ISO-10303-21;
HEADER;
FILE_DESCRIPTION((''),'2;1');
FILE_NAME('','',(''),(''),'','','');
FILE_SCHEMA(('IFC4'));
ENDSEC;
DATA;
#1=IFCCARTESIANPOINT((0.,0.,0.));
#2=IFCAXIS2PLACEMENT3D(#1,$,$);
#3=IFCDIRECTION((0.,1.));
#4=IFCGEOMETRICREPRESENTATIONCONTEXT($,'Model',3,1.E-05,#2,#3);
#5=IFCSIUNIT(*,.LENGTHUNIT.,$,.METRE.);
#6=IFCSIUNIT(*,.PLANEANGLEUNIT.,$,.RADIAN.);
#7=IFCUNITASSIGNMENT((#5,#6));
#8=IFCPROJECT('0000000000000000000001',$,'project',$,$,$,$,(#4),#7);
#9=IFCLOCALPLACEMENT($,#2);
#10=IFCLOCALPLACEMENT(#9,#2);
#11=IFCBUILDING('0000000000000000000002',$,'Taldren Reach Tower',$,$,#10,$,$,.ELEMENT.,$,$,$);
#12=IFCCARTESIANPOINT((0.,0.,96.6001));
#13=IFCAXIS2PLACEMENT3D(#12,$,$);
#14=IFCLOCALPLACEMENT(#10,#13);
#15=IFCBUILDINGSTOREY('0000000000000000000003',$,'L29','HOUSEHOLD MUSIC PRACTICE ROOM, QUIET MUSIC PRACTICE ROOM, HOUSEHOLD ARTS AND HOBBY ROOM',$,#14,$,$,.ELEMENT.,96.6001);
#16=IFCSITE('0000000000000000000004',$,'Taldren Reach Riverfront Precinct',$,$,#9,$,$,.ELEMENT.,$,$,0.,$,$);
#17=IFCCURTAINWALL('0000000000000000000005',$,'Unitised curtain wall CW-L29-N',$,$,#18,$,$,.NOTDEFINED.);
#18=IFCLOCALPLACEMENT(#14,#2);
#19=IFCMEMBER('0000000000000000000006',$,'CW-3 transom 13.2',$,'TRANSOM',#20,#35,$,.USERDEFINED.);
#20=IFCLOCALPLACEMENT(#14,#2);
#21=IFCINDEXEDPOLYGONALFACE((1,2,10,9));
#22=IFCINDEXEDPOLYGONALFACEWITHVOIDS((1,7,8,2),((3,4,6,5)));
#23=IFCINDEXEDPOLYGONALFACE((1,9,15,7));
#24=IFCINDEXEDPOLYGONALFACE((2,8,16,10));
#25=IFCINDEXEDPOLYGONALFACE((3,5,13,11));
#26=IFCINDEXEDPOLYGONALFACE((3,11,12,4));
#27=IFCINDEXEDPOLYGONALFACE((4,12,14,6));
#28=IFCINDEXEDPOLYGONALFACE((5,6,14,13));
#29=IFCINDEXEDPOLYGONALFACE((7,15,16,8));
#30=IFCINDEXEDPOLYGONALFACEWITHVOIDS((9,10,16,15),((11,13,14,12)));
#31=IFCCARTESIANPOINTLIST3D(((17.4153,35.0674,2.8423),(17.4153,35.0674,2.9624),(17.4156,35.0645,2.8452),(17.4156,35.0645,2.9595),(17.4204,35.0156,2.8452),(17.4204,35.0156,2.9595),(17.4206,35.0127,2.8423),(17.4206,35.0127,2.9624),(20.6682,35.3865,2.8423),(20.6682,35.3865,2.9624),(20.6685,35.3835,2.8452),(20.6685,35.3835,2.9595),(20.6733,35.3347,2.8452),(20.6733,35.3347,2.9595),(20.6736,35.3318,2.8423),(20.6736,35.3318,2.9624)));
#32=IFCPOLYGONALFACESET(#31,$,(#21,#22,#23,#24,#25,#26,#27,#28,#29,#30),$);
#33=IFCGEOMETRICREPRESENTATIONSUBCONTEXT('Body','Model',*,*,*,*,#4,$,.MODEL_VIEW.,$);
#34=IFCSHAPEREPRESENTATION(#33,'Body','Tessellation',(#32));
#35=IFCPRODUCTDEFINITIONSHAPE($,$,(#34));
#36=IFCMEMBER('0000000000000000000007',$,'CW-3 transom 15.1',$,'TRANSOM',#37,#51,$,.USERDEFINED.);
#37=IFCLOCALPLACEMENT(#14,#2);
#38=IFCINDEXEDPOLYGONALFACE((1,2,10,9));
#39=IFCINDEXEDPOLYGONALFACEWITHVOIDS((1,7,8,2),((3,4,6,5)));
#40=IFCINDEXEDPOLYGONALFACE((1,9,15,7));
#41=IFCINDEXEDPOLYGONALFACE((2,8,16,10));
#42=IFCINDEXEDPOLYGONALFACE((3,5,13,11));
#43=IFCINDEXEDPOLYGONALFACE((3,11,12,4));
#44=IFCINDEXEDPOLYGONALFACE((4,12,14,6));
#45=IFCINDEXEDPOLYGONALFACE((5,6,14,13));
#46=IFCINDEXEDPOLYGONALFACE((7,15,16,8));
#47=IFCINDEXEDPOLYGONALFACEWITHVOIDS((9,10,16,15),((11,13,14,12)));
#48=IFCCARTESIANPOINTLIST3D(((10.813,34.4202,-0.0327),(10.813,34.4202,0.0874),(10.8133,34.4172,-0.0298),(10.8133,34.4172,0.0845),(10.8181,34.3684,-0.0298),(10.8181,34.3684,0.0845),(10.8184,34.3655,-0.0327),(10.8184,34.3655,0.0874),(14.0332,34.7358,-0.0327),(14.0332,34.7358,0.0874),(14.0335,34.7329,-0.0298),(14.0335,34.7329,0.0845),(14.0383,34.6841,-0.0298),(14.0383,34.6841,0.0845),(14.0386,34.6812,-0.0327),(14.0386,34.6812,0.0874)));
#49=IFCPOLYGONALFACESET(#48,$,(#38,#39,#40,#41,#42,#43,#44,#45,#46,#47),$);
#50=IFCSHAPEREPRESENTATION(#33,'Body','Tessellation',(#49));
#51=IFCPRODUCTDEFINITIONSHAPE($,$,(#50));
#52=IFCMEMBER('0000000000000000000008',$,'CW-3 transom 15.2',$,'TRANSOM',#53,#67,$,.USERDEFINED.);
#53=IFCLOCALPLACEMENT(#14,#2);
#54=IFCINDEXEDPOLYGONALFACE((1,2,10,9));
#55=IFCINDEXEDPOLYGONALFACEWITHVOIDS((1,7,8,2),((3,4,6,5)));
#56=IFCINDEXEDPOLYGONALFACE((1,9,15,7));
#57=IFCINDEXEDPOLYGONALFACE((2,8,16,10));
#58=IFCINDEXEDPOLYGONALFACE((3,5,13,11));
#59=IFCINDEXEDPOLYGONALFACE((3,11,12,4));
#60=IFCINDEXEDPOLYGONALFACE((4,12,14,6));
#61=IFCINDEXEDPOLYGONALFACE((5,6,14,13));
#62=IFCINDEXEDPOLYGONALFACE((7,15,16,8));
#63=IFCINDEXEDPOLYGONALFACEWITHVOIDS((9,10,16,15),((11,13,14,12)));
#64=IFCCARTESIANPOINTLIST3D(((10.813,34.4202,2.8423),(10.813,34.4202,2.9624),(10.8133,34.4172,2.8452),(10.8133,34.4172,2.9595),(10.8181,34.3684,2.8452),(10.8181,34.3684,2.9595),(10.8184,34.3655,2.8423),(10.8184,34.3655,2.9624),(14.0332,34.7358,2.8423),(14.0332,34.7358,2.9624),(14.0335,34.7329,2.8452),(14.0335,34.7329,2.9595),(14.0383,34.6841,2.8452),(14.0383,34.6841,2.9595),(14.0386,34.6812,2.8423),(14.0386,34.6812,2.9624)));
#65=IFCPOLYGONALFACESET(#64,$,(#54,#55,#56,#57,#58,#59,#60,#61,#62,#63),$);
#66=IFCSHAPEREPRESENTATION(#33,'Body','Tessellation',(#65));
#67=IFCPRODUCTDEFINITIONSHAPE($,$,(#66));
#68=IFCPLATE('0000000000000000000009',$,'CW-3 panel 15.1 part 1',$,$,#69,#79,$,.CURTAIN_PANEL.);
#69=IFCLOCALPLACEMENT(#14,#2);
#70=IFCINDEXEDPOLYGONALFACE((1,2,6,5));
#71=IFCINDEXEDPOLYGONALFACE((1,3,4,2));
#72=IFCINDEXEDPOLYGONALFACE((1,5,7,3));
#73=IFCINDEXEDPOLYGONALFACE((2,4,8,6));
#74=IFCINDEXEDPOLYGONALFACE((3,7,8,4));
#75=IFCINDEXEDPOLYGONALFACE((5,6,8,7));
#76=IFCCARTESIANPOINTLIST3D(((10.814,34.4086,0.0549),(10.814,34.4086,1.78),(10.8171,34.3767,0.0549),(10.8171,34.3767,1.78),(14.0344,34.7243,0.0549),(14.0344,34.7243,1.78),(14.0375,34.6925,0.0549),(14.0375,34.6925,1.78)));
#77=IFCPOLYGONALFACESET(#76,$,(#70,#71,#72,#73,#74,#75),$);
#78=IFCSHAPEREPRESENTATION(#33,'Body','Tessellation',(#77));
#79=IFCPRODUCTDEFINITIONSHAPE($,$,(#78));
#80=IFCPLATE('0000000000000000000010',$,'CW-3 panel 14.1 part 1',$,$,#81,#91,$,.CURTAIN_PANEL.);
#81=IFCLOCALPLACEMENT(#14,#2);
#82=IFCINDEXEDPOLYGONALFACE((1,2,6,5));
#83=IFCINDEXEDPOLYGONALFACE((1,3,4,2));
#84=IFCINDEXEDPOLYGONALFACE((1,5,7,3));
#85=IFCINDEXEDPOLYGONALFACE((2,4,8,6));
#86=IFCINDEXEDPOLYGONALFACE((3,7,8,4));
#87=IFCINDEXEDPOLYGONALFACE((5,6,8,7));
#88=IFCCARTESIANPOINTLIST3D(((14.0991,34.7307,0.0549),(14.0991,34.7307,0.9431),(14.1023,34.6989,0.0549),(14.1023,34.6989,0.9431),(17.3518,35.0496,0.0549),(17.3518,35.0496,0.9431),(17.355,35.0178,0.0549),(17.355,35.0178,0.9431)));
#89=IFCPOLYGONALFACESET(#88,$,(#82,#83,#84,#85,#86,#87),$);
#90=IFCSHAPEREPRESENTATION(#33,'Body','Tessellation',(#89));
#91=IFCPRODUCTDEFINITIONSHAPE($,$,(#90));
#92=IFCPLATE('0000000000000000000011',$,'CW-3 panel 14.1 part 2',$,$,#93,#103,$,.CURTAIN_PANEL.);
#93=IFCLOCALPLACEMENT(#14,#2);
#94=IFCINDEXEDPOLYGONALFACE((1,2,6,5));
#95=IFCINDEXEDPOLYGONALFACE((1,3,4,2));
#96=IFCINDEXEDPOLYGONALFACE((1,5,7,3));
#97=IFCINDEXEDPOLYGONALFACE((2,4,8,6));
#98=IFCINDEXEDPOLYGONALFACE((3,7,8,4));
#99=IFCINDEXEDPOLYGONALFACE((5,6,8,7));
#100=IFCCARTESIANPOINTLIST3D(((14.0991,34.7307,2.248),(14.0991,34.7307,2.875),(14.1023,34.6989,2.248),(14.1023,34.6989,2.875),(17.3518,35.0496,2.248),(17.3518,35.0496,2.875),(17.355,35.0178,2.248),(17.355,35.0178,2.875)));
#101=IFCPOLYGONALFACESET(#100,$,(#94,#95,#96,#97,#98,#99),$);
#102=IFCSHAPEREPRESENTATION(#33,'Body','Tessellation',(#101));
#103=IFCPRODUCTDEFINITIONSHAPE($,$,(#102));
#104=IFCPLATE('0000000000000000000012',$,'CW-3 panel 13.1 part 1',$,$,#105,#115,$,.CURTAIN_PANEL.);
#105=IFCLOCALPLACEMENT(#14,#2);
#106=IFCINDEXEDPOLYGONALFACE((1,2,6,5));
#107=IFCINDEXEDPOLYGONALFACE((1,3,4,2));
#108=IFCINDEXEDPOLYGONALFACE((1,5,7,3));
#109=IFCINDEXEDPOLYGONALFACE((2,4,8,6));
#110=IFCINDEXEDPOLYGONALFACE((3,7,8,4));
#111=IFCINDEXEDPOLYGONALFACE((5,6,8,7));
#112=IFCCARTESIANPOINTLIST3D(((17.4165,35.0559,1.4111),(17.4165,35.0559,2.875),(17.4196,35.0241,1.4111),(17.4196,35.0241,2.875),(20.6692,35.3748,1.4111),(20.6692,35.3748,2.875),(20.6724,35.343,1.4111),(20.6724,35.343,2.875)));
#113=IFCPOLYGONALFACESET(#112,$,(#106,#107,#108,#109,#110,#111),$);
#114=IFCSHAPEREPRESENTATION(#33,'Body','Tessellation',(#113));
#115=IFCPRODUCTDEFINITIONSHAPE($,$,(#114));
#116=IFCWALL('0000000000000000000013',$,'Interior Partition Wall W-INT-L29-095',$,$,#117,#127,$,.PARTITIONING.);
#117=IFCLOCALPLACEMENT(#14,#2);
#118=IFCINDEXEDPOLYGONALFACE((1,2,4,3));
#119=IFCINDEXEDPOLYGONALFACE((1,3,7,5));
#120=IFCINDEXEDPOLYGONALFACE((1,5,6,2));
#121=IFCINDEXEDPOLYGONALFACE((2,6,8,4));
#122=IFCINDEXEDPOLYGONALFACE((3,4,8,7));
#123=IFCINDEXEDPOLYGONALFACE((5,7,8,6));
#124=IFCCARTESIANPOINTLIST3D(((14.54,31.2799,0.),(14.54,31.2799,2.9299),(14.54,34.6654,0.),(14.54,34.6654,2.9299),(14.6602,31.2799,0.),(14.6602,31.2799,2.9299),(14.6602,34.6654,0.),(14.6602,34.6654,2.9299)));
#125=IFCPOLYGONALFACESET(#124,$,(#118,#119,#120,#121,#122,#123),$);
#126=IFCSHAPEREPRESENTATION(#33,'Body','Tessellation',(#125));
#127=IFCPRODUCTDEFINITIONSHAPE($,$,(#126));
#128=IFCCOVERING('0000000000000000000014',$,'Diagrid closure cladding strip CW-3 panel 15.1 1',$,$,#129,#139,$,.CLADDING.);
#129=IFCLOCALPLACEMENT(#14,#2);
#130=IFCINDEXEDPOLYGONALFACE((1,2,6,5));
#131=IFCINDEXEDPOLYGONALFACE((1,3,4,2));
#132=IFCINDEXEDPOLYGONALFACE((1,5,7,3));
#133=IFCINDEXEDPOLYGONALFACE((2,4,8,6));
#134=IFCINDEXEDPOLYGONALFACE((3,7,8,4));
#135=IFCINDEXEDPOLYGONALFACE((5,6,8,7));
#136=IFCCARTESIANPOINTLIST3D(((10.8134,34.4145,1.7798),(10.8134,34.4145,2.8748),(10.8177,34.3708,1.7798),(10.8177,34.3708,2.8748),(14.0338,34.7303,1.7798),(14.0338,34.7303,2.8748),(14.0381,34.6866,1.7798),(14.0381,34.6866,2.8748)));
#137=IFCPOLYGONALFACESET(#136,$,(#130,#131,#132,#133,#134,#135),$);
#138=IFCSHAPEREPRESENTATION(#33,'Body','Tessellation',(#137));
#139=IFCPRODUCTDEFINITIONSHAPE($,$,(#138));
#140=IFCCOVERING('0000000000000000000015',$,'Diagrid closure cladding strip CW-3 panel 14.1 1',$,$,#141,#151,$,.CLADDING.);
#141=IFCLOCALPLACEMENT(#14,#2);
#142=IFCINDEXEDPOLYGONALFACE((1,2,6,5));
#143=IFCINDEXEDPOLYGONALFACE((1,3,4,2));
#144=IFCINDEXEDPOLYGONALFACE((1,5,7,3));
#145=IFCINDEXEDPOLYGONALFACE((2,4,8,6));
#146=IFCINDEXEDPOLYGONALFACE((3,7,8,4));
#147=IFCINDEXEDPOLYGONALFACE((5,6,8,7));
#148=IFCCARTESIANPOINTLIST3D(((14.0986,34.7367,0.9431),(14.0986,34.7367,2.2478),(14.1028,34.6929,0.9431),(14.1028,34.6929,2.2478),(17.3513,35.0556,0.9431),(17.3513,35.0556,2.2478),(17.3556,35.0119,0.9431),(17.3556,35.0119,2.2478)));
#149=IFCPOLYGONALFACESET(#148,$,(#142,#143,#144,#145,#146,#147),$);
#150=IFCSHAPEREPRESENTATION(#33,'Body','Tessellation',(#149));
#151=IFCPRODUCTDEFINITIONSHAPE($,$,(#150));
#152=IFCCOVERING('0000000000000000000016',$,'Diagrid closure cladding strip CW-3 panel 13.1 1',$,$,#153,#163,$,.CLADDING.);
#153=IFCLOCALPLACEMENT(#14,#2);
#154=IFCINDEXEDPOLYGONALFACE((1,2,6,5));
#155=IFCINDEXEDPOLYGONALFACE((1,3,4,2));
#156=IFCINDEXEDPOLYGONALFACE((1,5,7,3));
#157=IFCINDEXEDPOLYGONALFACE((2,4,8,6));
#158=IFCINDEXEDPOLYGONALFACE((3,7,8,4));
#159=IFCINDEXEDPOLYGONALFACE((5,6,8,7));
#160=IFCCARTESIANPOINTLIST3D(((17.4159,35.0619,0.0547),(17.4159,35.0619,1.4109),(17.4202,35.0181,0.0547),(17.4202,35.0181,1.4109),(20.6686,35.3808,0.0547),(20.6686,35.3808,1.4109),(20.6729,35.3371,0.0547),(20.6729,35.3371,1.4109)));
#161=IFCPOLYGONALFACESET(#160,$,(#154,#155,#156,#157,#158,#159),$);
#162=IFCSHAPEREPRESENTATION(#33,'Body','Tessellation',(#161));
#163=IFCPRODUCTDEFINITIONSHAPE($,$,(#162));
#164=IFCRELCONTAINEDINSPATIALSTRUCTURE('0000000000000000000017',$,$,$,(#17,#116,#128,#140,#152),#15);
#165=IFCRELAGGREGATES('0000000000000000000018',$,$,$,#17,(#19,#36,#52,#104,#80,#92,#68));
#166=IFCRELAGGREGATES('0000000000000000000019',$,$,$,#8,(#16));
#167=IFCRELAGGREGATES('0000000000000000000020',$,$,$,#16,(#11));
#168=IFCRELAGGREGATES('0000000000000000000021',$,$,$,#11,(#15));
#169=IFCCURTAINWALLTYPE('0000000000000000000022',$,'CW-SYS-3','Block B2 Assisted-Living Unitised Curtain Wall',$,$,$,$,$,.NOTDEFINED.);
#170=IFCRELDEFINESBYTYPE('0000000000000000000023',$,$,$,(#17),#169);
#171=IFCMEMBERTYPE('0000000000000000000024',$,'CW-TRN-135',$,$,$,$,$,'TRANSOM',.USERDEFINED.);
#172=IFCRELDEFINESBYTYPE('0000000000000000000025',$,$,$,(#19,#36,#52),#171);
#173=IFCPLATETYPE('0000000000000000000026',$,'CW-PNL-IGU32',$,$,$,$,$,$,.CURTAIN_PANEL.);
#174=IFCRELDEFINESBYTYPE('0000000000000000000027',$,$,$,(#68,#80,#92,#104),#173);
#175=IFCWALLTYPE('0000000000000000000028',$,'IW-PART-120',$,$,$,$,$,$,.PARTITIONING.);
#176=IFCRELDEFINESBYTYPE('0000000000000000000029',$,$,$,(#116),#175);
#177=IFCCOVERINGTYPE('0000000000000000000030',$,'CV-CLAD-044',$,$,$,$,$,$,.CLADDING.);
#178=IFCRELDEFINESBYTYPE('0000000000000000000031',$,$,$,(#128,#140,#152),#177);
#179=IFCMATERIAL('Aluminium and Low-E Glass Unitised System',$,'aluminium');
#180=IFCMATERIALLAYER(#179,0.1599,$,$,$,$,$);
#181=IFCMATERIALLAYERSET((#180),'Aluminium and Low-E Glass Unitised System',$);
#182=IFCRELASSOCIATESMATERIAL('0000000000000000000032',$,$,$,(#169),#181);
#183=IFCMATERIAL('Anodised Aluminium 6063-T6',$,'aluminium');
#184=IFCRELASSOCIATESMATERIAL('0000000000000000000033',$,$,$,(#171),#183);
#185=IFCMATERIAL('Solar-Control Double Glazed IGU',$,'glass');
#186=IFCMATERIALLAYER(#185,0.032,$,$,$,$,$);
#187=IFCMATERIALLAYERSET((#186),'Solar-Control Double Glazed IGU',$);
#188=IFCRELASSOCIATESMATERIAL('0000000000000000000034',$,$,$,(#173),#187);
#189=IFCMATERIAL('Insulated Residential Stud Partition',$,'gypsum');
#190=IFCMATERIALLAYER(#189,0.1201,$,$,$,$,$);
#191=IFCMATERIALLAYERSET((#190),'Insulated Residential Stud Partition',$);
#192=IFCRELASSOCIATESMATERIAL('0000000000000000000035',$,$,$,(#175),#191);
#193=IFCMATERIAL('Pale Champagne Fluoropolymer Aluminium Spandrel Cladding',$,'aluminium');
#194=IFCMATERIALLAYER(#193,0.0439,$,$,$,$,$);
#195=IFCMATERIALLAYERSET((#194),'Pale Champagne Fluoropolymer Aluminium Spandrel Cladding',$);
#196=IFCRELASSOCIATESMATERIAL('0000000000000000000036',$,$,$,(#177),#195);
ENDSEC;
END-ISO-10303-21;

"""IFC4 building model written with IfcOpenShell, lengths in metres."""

from ifc_helpers import new_model, si_unit, direction, frame, frame_2d, origin, origin_2d, place, context, subcontext, project, spatial, rectangle, hollow_rectangle, extrude, source, transform, mapped, material, layer, layer_set, material_profile, profile_set, type_object, element, aggregate, save


model = new_model("IFC4")

# Units and contexts
model_context = context("Model", 3, precision=1e-05, world=origin(), true_north=direction((0.0, 1.0)))
body_context = subcontext(model_context, "Body", "Model", "MODEL_VIEW")
ifc_project = project(units=[si_unit("LENGTHUNIT", "METRE"), si_unit("PLANEANGLEUNIT", "RADIAN")], contexts=[model_context])

# Site, building, storey
site_placement = place(None, origin())
site = spatial("IfcSite", under=ifc_project, at=site_placement, Name="Taldren Reach Riverfront Precinct", CompositionType="ELEMENT", RefElevation=0.0)
building_placement = place(site_placement, origin())
building = spatial("IfcBuilding", under=site, at=building_placement, Name="Taldren Reach Tower", CompositionType="ELEMENT")
storey_placement = place(building_placement, frame((0.0, 0.0, 96.6001)))
storey = spatial("IfcBuildingStorey", under=building, at=storey_placement, Name="L29", Description="HOUSEHOLD MUSIC PRACTICE ROOM, QUIET MUSIC PRACTICE ROOM, HOUSEHOLD ARTS AND HOBBY ROOM", CompositionType="ELEMENT", Elevation=96.6001)

# Curtain wall, members, plates
ifc_material_1 = material(Name="Aluminium and Low-E Glass Unitised System", Category="aluminium")
ifc_layer_1 = layer(ifc_material_1, 0.1599)
ifc_layer_set_1 = layer_set([ifc_layer_1], Name="Aluminium and Low-E Glass Unitised System")
curtain_wall_type = type_object("IfcCurtainWallType", Name="CW-SYS-3", Description="Block B2 Assisted-Living Unitised Curtain Wall", PredefinedType="NOTDEFINED", material=ifc_layer_set_1)
curtain_wall_placement = place(storey_placement, origin())
curtain_wall = element("IfcCurtainWall", 1, at=curtain_wall_placement, inside=storey, type_object=curtain_wall_type, Name="Unitised curtain wall CW-L29-N", PredefinedType="NOTDEFINED")
ifc_material_2 = material(Name="Anodised Aluminium 6063-T6", Category="aluminium")
ifc_material_profile_1 = material_profile(ifc_material_2, hollow_rectangle(XDim=0.0549, YDim=0.1201, WallThickness=0.0029, at=origin_2d()), Name="ALU-120x55x3RHS")
ifc_profile_set_1 = profile_set([ifc_material_profile_1], Name="Anodised Aluminium 6063-T6")
member_type_1 = type_object("IfcMemberType", Name="CW-TRN-135", ElementType="TRANSOM", PredefinedType="USERDEFINED", material=ifc_profile_set_1)
shared_shape_1 = source(origin(), body_context, "Body", "SweptSolid", [
    extrude(hollow_rectangle(XDim=0.0549, YDim=0.1201, WallThickness=0.0029, at=origin_2d()), origin(), (0.0, 0.0, 1.0), 3.2686),
])
member_1_placement = place(storey_placement, frame((20.6709, 35.3591, 2.9023), z_axis=(-0.995223, -0.097625, 0.0), x_axis=(0.097625, -0.995223, 0.0)))
member_1 = element("IfcMember", 2, at=member_1_placement, type_object=member_type_1, Name="CW-3 transom 13.2", ObjectType="TRANSOM", PredefinedType="USERDEFINED", context=body_context, shape_type="MappedRepresentation", body=[
    mapped(shared_shape_1, transform((0.0, 0.0, 0.0), scale=1.0)),
])
shared_shape_2 = source(origin(), body_context, "Body", "SweptSolid", [
    extrude(hollow_rectangle(XDim=0.0549, YDim=0.1201, WallThickness=0.0029, at=origin_2d()), origin(), (0.0, 0.0, 1.0), 3.2356),
])
member_2_placement = place(storey_placement, frame((14.0359, 34.7085, 0.0273), z_axis=(-0.99523, -0.097561, 0.0), x_axis=(0.097561, -0.99523, 0.0)))
member_2 = element("IfcMember", 3, at=member_2_placement, type_object=member_type_1, Name="CW-3 transom 15.1", ObjectType="TRANSOM", PredefinedType="USERDEFINED", context=body_context, shape_type="MappedRepresentation", body=[
    mapped(shared_shape_2, transform((0.0, 0.0, 0.0), scale=1.0)),
])
member_3_placement = place(storey_placement, frame((14.0359, 34.7085, 2.9023), z_axis=(-0.99523, -0.097561, 0.0), x_axis=(0.097561, -0.99523, 0.0)))
member_3 = element("IfcMember", 4, at=member_3_placement, type_object=member_type_1, Name="CW-3 transom 15.2", ObjectType="TRANSOM", PredefinedType="USERDEFINED", context=body_context, shape_type="MappedRepresentation", body=[
    mapped(shared_shape_2, transform((0.0, 0.0, 0.0), scale=1.0)),
])
ifc_material_3 = material(Name="Solar-Control Double Glazed IGU", Category="glass")
ifc_layer_2 = layer(ifc_material_3, 0.032)
ifc_layer_set_2 = layer_set([ifc_layer_2], Name="Solar-Control Double Glazed IGU")
plate_type = type_object("IfcPlateType", Name="CW-PNL-IGU32", PredefinedType="CURTAIN_PANEL", material=ifc_layer_set_2)
shared_shape_3 = source(origin(), body_context, "Body", "SweptSolid", [
    extrude(rectangle(XDim=3.2358, YDim=0.032, at=origin_2d()), origin(), (0.0, 0.0, 1.0), 1.7251),
])
plate_1_placement = place(storey_placement, frame((12.4258, 34.5505, 0.0549), z_axis=(0.0, 0.0, 1.0), x_axis=(-0.995227, -0.097583, 0.0)))
plate_1 = element("IfcPlate", 5, at=plate_1_placement, type_object=plate_type, Name="CW-3 panel 15.1 part 1", PredefinedType="CURTAIN_PANEL", context=body_context, shape_type="MappedRepresentation", body=[
    mapped(shared_shape_3, transform((0.0, 0.0, 0.0), scale=1.0)),
])
shared_shape_4 = source(origin(), body_context, "Body", "SweptSolid", [
    extrude(rectangle(XDim=3.2683, YDim=0.032, at=origin_2d()), origin(), (0.0, 0.0, 1.0), 0.8882),
])
plate_2_placement = place(storey_placement, frame((15.7271, 34.8743, 0.0549), z_axis=(0.0, 0.0, 1.0), x_axis=(-0.995227, -0.097583, 0.0)))
plate_2 = element("IfcPlate", 6, at=plate_2_placement, type_object=plate_type, Name="CW-3 panel 14.1 part 1", PredefinedType="CURTAIN_PANEL", context=body_context, shape_type="MappedRepresentation", body=[
    mapped(shared_shape_4, transform((0.0, 0.0, 0.0), scale=1.0)),
])
shared_shape_5 = source(origin(), body_context, "Body", "SweptSolid", [
    extrude(rectangle(XDim=3.2683, YDim=0.032, at=origin_2d()), origin(), (0.0, 0.0, 1.0), 0.627),
])
plate_3_placement = place(storey_placement, frame((15.7271, 34.8743, 2.248), z_axis=(0.0, 0.0, 1.0), x_axis=(-0.995227, -0.097583, 0.0)))
plate_3 = element("IfcPlate", 7, at=plate_3_placement, type_object=plate_type, Name="CW-3 panel 14.1 part 2", PredefinedType="CURTAIN_PANEL", context=body_context, shape_type="MappedRepresentation", body=[
    mapped(shared_shape_5, transform((0.0, 0.0, 0.0), scale=1.0)),
])
shared_shape_6 = source(origin(), body_context, "Body", "SweptSolid", [
    extrude(rectangle(XDim=3.2683, YDim=0.032, at=origin_2d()), origin(), (0.0, 0.0, 1.0), 1.4639),
])
plate_4_placement = place(storey_placement, frame((19.0444, 35.1995, 1.4111), z_axis=(0.0, 0.0, 1.0), x_axis=(-0.995227, -0.097583, 0.0)))
plate_4 = element("IfcPlate", 8, at=plate_4_placement, type_object=plate_type, Name="CW-3 panel 13.1 part 1", PredefinedType="CURTAIN_PANEL", context=body_context, shape_type="MappedRepresentation", body=[
    mapped(shared_shape_6, transform((0.0, 0.0, 0.0), scale=1.0)),
])
aggregate(curtain_wall, [member_1, member_2, member_3, plate_4, plate_2, plate_3, plate_1])

# Wall
ifc_material_4 = material(Name="Insulated Residential Stud Partition", Category="gypsum")
ifc_layer_3 = layer(ifc_material_4, 0.1201)
ifc_layer_set_3 = layer_set([ifc_layer_3], Name="Insulated Residential Stud Partition")
wall_type = type_object("IfcWallType", Name="IW-PART-120", PredefinedType="PARTITIONING", material=ifc_layer_set_3)
shared_shape_7 = source(origin(), body_context, "Body", "SweptSolid", [
    extrude(rectangle(XDim=3.3855, YDim=0.1201, at=frame_2d((1.6929, 0.0))), origin(), (0.0, 0.0, 1.0), 2.9299),
])
wall_placement = place(storey_placement, frame((14.6001, 34.6655, 0.0), z_axis=(0.0, 0.0, 1.0), x_axis=(0.0, -1.0, 0.0)))
element("IfcWall", 9, at=wall_placement, inside=storey, type_object=wall_type, Name="Interior Partition Wall W-INT-L29-095", PredefinedType="PARTITIONING", context=body_context, shape_type="MappedRepresentation", body=[
    mapped(shared_shape_7, transform((0.0, 0.0, 0.0), scale=1.0)),
])

# Coverings
ifc_material_5 = material(Name="Pale Champagne Fluoropolymer Aluminium Spandrel Cladding", Category="aluminium")
ifc_layer_4 = layer(ifc_material_5, 0.0439)
ifc_layer_set_4 = layer_set([ifc_layer_4], Name="Pale Champagne Fluoropolymer Aluminium Spandrel Cladding")
covering_type = type_object("IfcCoveringType", Name="CV-CLAD-044", PredefinedType="CLADDING", material=ifc_layer_set_4)
shared_shape_8 = source(origin(), body_context, "Body", "SweptSolid", [
    extrude(rectangle(XDim=3.2358, YDim=0.0439, at=origin_2d()), origin(), (0.0, 0.0, 1.0), 1.095),
])
covering_1_placement = place(storey_placement, frame((12.4258, 34.5505, 1.7798), z_axis=(0.0, 0.0, 1.0), x_axis=(-0.995227, -0.097583, 0.0)))
element("IfcCovering", 10, at=covering_1_placement, inside=storey, type_object=covering_type, Name="Diagrid closure cladding strip CW-3 panel 15.1 1", PredefinedType="CLADDING", context=body_context, shape_type="MappedRepresentation", body=[
    mapped(shared_shape_8, transform((0.0, 0.0, 0.0), scale=1.0)),
])
shared_shape_9 = source(origin(), body_context, "Body", "SweptSolid", [
    extrude(rectangle(XDim=3.2683, YDim=0.0439, at=origin_2d()), origin(), (0.0, 0.0, 1.0), 1.3047),
])
covering_2_placement = place(storey_placement, frame((15.7271, 34.8743, 0.9431), z_axis=(0.0, 0.0, 1.0), x_axis=(-0.995227, -0.097583, 0.0)))
element("IfcCovering", 11, at=covering_2_placement, inside=storey, type_object=covering_type, Name="Diagrid closure cladding strip CW-3 panel 14.1 1", PredefinedType="CLADDING", context=body_context, shape_type="MappedRepresentation", body=[
    mapped(shared_shape_9, transform((0.0, 0.0, 0.0), scale=1.0)),
])
shared_shape_10 = source(origin(), body_context, "Body", "SweptSolid", [
    extrude(rectangle(XDim=3.2683, YDim=0.0439, at=origin_2d()), origin(), (0.0, 0.0, 1.0), 1.3562),
])
covering_3_placement = place(storey_placement, frame((19.0444, 35.1995, 0.0547), z_axis=(0.0, 0.0, 1.0), x_axis=(-0.995227, -0.097583, 0.0)))
element("IfcCovering", 12, at=covering_3_placement, inside=storey, type_object=covering_type, Name="Diagrid closure cladding strip CW-3 panel 13.1 1", PredefinedType="CLADDING", context=body_context, shape_type="MappedRepresentation", body=[
    mapped(shared_shape_10, transform((0.0, 0.0, 0.0), scale=1.0)),
])

save(model, "model.ifc")
